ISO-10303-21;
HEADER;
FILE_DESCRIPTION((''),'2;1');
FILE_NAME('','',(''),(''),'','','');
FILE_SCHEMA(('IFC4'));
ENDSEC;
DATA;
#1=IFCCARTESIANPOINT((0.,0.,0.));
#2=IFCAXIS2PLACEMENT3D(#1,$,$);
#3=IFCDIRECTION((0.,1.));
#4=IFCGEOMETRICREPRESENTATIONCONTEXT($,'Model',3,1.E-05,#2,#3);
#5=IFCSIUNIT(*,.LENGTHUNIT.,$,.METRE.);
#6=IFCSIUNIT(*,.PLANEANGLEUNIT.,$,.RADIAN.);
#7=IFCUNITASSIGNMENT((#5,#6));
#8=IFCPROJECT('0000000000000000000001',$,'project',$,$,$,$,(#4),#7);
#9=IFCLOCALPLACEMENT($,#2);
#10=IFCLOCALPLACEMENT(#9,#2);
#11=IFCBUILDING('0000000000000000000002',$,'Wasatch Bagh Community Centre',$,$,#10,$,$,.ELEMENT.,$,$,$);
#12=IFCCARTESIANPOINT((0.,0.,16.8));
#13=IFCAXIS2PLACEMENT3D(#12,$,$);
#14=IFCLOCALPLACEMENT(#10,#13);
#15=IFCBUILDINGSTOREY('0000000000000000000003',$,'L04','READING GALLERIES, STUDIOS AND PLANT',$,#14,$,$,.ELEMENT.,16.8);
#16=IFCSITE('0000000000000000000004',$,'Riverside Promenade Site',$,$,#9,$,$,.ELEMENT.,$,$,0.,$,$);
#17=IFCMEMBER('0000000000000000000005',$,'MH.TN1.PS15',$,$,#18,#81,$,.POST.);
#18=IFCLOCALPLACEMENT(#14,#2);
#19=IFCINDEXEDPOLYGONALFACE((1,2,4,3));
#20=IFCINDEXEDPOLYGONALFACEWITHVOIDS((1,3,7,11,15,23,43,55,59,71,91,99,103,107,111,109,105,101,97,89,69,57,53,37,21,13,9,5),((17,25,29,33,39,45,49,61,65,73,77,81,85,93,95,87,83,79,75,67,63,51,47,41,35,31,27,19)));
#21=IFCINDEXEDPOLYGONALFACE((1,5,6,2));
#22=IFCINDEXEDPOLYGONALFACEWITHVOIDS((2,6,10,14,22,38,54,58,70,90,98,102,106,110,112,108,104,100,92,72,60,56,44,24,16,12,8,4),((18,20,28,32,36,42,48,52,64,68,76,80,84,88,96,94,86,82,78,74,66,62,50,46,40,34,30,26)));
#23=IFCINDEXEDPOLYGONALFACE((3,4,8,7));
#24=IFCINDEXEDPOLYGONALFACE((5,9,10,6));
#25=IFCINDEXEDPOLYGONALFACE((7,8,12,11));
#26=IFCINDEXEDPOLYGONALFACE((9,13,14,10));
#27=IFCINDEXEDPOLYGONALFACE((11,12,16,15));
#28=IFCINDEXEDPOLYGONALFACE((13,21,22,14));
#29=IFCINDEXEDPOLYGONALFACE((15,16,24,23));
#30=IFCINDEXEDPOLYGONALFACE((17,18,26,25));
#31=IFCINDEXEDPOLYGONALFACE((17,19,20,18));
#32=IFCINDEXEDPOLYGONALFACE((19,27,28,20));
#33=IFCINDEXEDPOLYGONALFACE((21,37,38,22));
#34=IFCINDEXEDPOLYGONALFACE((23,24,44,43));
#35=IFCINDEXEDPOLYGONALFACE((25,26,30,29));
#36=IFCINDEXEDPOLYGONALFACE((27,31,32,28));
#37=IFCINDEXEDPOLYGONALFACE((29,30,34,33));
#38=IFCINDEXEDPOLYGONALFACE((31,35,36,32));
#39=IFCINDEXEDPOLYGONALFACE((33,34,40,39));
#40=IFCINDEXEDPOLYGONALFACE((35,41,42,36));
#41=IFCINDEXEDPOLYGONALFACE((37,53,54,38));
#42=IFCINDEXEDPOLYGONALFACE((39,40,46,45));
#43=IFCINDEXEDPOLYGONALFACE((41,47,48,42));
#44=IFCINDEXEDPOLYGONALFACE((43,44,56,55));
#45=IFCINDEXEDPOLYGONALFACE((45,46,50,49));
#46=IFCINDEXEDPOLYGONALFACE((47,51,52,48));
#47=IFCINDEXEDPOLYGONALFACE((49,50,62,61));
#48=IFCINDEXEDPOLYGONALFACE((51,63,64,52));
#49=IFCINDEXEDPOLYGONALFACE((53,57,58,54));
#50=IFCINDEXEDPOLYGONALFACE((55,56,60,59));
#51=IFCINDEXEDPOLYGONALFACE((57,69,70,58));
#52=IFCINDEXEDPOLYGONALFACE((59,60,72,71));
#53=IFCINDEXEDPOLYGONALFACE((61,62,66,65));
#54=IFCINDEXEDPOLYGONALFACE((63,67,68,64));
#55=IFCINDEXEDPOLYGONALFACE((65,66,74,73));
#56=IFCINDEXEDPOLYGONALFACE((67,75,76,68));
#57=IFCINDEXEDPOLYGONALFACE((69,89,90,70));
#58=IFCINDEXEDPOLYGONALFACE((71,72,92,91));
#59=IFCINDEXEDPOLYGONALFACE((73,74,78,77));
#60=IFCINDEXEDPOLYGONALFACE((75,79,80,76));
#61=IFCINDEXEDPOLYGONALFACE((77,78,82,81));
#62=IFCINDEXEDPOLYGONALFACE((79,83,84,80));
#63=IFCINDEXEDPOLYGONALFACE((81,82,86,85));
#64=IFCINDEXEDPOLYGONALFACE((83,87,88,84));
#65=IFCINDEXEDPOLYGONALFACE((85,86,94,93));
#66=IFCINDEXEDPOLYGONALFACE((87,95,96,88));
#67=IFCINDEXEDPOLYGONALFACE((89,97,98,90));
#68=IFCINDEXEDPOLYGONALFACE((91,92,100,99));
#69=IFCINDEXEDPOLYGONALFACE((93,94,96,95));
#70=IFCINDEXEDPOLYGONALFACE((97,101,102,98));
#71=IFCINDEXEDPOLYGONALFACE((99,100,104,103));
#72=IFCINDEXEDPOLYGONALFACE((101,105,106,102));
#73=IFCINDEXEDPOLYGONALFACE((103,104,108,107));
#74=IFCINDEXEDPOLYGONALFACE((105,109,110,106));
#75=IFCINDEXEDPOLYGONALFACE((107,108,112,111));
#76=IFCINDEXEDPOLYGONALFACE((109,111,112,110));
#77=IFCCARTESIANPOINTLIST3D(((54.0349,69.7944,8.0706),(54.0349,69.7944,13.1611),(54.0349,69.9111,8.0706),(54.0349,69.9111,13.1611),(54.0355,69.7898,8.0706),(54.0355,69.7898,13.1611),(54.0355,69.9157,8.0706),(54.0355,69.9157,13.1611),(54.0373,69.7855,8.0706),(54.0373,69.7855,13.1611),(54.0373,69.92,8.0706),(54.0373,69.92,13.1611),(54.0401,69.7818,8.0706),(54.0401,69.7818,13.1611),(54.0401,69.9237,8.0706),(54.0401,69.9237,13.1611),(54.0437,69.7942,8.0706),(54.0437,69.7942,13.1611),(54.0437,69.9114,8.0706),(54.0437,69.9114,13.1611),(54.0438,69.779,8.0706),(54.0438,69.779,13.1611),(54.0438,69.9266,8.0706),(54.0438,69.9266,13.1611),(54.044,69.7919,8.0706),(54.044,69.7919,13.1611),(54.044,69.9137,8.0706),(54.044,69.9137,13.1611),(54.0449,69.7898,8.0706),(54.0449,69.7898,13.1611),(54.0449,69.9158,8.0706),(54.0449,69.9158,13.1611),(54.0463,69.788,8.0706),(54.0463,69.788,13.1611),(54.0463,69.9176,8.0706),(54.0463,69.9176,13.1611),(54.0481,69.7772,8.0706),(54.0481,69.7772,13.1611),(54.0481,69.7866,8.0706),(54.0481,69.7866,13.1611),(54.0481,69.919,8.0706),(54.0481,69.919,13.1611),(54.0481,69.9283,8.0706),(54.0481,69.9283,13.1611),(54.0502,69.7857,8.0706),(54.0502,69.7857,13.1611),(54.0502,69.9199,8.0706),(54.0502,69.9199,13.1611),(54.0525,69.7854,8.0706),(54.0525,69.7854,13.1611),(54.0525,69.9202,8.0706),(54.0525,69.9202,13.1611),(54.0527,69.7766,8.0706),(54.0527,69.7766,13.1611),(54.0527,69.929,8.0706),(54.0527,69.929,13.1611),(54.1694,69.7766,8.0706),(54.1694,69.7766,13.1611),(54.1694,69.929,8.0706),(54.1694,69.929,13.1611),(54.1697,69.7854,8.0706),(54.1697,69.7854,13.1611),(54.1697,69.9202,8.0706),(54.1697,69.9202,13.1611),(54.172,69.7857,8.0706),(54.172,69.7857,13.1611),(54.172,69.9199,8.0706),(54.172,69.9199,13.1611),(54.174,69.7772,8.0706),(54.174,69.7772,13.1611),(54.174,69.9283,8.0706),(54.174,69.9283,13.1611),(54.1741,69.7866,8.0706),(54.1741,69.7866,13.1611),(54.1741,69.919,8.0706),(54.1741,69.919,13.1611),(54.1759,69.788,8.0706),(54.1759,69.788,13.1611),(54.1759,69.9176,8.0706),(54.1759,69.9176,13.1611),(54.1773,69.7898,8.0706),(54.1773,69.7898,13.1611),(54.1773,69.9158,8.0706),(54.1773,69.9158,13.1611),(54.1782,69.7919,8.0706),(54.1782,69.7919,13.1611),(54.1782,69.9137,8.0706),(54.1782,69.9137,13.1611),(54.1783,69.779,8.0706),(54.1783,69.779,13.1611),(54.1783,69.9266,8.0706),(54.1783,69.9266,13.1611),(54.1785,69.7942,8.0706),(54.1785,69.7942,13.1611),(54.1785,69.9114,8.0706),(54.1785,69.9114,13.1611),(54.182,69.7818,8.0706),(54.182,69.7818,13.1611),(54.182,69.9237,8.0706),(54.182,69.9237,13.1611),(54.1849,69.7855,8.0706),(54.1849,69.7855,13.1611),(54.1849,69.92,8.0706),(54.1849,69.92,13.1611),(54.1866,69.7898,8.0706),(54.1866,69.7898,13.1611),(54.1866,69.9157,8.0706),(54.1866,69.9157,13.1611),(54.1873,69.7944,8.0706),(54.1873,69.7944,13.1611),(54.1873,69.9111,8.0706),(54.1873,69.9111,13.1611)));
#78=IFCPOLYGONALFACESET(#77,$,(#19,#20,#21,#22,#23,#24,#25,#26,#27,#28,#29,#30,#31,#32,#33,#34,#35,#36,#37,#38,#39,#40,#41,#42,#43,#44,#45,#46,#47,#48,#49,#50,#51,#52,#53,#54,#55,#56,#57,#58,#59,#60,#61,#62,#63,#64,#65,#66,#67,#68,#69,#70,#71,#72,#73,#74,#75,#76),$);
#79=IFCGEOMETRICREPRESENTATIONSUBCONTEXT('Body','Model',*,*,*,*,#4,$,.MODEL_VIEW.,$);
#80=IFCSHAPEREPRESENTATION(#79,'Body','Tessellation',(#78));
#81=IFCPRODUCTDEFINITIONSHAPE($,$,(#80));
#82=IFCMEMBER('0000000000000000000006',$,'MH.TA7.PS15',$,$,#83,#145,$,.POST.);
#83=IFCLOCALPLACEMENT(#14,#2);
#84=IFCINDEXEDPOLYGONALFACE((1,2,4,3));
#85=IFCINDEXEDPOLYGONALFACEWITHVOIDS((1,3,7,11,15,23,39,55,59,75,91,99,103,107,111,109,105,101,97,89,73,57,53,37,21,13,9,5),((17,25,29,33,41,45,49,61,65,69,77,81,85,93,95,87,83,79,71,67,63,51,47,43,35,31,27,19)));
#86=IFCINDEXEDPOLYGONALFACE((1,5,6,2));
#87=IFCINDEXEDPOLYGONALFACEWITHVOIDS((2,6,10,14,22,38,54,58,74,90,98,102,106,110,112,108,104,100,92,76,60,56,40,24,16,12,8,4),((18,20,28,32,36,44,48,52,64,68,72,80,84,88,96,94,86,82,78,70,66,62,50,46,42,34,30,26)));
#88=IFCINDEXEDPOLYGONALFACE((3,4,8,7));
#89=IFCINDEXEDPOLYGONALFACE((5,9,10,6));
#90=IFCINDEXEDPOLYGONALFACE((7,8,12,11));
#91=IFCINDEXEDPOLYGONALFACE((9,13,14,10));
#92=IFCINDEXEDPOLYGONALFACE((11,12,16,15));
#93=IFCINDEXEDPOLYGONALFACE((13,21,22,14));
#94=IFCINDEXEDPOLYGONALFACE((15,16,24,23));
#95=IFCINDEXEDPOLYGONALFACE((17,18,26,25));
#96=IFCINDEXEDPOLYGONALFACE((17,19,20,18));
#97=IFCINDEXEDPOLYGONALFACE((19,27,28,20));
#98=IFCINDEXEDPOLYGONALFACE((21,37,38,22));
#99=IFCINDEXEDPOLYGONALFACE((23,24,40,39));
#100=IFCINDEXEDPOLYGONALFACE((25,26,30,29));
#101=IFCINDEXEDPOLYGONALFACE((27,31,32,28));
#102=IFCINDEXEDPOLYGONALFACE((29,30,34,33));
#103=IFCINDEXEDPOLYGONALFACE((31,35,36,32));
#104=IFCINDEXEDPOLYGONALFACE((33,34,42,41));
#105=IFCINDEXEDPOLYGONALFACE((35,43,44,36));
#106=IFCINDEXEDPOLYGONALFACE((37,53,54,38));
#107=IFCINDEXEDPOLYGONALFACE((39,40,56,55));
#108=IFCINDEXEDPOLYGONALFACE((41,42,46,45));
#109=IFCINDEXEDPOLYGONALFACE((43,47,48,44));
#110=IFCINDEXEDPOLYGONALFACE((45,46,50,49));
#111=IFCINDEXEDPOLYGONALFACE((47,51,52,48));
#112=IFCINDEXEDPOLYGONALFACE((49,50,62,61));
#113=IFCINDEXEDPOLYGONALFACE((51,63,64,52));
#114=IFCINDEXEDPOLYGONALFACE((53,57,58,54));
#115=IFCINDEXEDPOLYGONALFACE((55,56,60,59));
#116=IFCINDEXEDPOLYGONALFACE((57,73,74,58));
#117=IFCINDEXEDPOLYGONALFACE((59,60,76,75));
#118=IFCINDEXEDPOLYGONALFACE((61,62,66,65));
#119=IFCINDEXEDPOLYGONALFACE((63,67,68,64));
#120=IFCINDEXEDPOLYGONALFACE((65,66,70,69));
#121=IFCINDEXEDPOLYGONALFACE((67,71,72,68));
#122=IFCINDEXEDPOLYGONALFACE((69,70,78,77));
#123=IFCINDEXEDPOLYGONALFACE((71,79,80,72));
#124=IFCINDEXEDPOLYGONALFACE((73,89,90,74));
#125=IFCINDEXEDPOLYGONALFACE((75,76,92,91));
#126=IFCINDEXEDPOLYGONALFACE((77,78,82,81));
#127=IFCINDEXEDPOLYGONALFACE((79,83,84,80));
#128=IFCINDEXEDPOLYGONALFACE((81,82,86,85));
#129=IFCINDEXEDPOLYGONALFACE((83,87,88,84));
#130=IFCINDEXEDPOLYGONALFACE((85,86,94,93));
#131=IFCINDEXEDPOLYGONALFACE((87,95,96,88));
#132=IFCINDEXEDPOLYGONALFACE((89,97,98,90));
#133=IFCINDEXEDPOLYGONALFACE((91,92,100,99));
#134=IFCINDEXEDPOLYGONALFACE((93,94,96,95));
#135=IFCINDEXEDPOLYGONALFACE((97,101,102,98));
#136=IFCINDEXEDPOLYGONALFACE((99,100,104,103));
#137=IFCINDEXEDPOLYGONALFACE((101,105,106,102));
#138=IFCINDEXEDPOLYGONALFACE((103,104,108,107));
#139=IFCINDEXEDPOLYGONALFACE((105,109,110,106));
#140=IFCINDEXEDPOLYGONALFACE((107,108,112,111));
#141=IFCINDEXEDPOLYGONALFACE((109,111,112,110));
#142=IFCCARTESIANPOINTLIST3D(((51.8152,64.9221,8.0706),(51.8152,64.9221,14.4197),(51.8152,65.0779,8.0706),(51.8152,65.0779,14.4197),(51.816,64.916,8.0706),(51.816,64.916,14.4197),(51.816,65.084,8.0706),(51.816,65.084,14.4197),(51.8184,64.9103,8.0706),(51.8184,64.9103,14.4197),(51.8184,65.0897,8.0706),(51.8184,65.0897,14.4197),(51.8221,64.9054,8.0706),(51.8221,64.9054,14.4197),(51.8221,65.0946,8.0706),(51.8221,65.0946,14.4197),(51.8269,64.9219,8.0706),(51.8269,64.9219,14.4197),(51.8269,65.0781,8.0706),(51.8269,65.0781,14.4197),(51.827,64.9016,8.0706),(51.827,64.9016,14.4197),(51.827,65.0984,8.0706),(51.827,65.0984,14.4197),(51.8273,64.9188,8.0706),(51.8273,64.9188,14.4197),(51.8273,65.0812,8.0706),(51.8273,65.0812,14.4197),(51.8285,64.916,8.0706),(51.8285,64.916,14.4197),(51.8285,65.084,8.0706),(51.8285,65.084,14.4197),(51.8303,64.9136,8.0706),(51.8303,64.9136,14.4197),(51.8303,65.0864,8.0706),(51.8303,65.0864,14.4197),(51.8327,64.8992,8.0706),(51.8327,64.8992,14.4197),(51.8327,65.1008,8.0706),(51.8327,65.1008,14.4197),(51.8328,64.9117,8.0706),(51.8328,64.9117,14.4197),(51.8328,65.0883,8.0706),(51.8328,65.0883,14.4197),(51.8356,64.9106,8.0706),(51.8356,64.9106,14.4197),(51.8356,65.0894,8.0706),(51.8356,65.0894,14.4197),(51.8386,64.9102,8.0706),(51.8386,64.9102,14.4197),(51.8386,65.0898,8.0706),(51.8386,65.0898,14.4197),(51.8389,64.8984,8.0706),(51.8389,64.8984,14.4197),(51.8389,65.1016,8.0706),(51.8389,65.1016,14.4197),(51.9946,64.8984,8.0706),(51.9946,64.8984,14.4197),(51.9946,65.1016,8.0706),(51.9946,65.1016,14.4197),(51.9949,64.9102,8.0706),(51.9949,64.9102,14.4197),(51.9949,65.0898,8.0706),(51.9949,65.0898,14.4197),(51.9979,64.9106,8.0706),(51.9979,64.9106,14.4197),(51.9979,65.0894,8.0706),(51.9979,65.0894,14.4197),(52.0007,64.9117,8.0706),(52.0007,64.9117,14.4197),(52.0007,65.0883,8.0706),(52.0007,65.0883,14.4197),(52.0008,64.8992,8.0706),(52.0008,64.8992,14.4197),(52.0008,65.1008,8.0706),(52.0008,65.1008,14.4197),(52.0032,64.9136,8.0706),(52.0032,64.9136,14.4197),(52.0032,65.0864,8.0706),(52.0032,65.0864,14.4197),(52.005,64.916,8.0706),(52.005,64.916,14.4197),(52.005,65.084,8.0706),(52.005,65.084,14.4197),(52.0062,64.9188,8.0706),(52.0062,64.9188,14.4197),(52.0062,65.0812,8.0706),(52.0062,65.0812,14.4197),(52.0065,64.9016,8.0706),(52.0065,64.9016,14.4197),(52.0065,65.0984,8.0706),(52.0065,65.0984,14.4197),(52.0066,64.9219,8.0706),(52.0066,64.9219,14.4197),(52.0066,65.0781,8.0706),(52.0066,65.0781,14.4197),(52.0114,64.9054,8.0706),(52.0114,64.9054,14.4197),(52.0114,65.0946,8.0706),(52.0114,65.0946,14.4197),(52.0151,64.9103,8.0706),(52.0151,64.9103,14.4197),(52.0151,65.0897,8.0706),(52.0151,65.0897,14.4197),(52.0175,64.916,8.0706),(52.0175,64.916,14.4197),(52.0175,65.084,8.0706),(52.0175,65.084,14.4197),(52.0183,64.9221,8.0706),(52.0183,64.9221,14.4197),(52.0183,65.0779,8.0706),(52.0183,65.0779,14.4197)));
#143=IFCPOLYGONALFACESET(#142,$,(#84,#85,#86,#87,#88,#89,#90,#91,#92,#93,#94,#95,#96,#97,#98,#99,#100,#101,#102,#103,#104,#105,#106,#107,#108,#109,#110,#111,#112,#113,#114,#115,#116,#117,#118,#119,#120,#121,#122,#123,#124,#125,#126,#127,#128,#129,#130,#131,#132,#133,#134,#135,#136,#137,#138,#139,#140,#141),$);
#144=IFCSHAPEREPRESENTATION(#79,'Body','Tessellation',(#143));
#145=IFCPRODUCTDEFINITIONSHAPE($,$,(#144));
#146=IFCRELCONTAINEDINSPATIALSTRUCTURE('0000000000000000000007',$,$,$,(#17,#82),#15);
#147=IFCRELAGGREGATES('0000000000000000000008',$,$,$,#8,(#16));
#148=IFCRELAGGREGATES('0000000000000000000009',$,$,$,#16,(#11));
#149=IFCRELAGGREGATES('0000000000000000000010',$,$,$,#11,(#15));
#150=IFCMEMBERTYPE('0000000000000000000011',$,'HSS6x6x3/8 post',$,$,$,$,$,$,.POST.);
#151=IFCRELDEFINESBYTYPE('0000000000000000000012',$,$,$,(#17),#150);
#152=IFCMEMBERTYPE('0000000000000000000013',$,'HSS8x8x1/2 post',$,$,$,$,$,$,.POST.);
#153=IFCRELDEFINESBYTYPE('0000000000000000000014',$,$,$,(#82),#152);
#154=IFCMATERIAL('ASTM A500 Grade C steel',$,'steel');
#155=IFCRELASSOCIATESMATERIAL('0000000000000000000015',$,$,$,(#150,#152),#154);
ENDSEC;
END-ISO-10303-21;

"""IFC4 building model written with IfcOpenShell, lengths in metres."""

from ifc_helpers import new_model, si_unit, direction, frame, origin, origin_2d, place, context, subcontext, project, spatial, hollow_rectangle, extrude, material, material_profile, profile_set, type_object, element, save


model = new_model("IFC4")

# Units and contexts
model_context = context("Model", 3, precision=1e-05, world=origin(), true_north=direction((0.0, 1.0)))
body_context = subcontext(model_context, "Body", "Model", "MODEL_VIEW")
ifc_project = project(units=[si_unit("LENGTHUNIT", "METRE"), si_unit("PLANEANGLEUNIT", "RADIAN")], contexts=[model_context])

# Site, building, storey
site_placement = place(None, origin())
site = spatial("IfcSite", under=ifc_project, at=site_placement, Name="Riverside Promenade Site", CompositionType="ELEMENT", RefElevation=0.0)
building_placement = place(site_placement, origin())
building = spatial("IfcBuilding", under=site, at=building_placement, Name="Wasatch Bagh Community Centre", CompositionType="ELEMENT")
storey_placement = place(building_placement, frame((0.0, 0.0, 16.8)))
storey = spatial("IfcBuildingStorey", under=building, at=storey_placement, Name="L04", Description="READING GALLERIES, STUDIOS AND PLANT", CompositionType="ELEMENT", Elevation=16.8)

# Members
ifc_material_1 = material(Name="ASTM A500 Grade C steel", Category="steel")
ifc_material_profile_1 = material_profile(ifc_material_1, hollow_rectangle(XDim=0.1523, YDim=0.1523, WallThickness=0.0088, InnerFilletRadius=0.0088, OuterFilletRadius=0.0178, at=origin_2d()), Name="HSS6x6x3/8")
ifc_profile_set_1 = profile_set([ifc_material_profile_1], Name="ASTM A500 Grade C steel")
member_type_1 = type_object("IfcMemberType", Name="HSS6x6x3/8 post", PredefinedType="POST", material=ifc_profile_set_1)
member_1_placement = place(storey_placement, frame((54.1111, 69.8528, 8.0706), z_axis=(0.0, 0.0, 1.0), x_axis=(1.0, 0.0, 0.0)))
element("IfcMember", 1, at=member_1_placement, inside=storey, type_object=member_type_1, Name="MH.TN1.PS15", PredefinedType="POST", context=body_context, shape_type="SweptSolid", body=[
    extrude(hollow_rectangle(XDim=0.1523, YDim=0.1523, WallThickness=0.0088, InnerFilletRadius=0.0088, OuterFilletRadius=0.0178, at=origin_2d()), origin(), (0.0, 0.0, 1.0), 5.0906),
])
ifc_material_profile_2 = material_profile(ifc_material_1, hollow_rectangle(XDim=0.2031, YDim=0.2031, WallThickness=0.0117, InnerFilletRadius=0.0117, OuterFilletRadius=0.0237, at=origin_2d()), Name="HSS8x8x1/2")
ifc_profile_set_2 = profile_set([ifc_material_profile_2], Name="ASTM A500 Grade C steel")
member_type_2 = type_object("IfcMemberType", Name="HSS8x8x1/2 post", PredefinedType="POST", material=ifc_profile_set_2)
member_2_placement = place(storey_placement, frame((51.9167, 65.0, 8.0706), z_axis=(0.0, 0.0, 1.0), x_axis=(1.0, 0.0, 0.0)))
element("IfcMember", 2, at=member_2_placement, inside=storey, type_object=member_type_2, Name="MH.TA7.PS15", PredefinedType="POST", context=body_context, shape_type="SweptSolid", body=[
    extrude(hollow_rectangle(XDim=0.2031, YDim=0.2031, WallThickness=0.0117, InnerFilletRadius=0.0117, OuterFilletRadius=0.0237, at=origin_2d()), origin(), (0.0, 0.0, 1.0), 6.3491),
])

save(model, "model.ifc")
